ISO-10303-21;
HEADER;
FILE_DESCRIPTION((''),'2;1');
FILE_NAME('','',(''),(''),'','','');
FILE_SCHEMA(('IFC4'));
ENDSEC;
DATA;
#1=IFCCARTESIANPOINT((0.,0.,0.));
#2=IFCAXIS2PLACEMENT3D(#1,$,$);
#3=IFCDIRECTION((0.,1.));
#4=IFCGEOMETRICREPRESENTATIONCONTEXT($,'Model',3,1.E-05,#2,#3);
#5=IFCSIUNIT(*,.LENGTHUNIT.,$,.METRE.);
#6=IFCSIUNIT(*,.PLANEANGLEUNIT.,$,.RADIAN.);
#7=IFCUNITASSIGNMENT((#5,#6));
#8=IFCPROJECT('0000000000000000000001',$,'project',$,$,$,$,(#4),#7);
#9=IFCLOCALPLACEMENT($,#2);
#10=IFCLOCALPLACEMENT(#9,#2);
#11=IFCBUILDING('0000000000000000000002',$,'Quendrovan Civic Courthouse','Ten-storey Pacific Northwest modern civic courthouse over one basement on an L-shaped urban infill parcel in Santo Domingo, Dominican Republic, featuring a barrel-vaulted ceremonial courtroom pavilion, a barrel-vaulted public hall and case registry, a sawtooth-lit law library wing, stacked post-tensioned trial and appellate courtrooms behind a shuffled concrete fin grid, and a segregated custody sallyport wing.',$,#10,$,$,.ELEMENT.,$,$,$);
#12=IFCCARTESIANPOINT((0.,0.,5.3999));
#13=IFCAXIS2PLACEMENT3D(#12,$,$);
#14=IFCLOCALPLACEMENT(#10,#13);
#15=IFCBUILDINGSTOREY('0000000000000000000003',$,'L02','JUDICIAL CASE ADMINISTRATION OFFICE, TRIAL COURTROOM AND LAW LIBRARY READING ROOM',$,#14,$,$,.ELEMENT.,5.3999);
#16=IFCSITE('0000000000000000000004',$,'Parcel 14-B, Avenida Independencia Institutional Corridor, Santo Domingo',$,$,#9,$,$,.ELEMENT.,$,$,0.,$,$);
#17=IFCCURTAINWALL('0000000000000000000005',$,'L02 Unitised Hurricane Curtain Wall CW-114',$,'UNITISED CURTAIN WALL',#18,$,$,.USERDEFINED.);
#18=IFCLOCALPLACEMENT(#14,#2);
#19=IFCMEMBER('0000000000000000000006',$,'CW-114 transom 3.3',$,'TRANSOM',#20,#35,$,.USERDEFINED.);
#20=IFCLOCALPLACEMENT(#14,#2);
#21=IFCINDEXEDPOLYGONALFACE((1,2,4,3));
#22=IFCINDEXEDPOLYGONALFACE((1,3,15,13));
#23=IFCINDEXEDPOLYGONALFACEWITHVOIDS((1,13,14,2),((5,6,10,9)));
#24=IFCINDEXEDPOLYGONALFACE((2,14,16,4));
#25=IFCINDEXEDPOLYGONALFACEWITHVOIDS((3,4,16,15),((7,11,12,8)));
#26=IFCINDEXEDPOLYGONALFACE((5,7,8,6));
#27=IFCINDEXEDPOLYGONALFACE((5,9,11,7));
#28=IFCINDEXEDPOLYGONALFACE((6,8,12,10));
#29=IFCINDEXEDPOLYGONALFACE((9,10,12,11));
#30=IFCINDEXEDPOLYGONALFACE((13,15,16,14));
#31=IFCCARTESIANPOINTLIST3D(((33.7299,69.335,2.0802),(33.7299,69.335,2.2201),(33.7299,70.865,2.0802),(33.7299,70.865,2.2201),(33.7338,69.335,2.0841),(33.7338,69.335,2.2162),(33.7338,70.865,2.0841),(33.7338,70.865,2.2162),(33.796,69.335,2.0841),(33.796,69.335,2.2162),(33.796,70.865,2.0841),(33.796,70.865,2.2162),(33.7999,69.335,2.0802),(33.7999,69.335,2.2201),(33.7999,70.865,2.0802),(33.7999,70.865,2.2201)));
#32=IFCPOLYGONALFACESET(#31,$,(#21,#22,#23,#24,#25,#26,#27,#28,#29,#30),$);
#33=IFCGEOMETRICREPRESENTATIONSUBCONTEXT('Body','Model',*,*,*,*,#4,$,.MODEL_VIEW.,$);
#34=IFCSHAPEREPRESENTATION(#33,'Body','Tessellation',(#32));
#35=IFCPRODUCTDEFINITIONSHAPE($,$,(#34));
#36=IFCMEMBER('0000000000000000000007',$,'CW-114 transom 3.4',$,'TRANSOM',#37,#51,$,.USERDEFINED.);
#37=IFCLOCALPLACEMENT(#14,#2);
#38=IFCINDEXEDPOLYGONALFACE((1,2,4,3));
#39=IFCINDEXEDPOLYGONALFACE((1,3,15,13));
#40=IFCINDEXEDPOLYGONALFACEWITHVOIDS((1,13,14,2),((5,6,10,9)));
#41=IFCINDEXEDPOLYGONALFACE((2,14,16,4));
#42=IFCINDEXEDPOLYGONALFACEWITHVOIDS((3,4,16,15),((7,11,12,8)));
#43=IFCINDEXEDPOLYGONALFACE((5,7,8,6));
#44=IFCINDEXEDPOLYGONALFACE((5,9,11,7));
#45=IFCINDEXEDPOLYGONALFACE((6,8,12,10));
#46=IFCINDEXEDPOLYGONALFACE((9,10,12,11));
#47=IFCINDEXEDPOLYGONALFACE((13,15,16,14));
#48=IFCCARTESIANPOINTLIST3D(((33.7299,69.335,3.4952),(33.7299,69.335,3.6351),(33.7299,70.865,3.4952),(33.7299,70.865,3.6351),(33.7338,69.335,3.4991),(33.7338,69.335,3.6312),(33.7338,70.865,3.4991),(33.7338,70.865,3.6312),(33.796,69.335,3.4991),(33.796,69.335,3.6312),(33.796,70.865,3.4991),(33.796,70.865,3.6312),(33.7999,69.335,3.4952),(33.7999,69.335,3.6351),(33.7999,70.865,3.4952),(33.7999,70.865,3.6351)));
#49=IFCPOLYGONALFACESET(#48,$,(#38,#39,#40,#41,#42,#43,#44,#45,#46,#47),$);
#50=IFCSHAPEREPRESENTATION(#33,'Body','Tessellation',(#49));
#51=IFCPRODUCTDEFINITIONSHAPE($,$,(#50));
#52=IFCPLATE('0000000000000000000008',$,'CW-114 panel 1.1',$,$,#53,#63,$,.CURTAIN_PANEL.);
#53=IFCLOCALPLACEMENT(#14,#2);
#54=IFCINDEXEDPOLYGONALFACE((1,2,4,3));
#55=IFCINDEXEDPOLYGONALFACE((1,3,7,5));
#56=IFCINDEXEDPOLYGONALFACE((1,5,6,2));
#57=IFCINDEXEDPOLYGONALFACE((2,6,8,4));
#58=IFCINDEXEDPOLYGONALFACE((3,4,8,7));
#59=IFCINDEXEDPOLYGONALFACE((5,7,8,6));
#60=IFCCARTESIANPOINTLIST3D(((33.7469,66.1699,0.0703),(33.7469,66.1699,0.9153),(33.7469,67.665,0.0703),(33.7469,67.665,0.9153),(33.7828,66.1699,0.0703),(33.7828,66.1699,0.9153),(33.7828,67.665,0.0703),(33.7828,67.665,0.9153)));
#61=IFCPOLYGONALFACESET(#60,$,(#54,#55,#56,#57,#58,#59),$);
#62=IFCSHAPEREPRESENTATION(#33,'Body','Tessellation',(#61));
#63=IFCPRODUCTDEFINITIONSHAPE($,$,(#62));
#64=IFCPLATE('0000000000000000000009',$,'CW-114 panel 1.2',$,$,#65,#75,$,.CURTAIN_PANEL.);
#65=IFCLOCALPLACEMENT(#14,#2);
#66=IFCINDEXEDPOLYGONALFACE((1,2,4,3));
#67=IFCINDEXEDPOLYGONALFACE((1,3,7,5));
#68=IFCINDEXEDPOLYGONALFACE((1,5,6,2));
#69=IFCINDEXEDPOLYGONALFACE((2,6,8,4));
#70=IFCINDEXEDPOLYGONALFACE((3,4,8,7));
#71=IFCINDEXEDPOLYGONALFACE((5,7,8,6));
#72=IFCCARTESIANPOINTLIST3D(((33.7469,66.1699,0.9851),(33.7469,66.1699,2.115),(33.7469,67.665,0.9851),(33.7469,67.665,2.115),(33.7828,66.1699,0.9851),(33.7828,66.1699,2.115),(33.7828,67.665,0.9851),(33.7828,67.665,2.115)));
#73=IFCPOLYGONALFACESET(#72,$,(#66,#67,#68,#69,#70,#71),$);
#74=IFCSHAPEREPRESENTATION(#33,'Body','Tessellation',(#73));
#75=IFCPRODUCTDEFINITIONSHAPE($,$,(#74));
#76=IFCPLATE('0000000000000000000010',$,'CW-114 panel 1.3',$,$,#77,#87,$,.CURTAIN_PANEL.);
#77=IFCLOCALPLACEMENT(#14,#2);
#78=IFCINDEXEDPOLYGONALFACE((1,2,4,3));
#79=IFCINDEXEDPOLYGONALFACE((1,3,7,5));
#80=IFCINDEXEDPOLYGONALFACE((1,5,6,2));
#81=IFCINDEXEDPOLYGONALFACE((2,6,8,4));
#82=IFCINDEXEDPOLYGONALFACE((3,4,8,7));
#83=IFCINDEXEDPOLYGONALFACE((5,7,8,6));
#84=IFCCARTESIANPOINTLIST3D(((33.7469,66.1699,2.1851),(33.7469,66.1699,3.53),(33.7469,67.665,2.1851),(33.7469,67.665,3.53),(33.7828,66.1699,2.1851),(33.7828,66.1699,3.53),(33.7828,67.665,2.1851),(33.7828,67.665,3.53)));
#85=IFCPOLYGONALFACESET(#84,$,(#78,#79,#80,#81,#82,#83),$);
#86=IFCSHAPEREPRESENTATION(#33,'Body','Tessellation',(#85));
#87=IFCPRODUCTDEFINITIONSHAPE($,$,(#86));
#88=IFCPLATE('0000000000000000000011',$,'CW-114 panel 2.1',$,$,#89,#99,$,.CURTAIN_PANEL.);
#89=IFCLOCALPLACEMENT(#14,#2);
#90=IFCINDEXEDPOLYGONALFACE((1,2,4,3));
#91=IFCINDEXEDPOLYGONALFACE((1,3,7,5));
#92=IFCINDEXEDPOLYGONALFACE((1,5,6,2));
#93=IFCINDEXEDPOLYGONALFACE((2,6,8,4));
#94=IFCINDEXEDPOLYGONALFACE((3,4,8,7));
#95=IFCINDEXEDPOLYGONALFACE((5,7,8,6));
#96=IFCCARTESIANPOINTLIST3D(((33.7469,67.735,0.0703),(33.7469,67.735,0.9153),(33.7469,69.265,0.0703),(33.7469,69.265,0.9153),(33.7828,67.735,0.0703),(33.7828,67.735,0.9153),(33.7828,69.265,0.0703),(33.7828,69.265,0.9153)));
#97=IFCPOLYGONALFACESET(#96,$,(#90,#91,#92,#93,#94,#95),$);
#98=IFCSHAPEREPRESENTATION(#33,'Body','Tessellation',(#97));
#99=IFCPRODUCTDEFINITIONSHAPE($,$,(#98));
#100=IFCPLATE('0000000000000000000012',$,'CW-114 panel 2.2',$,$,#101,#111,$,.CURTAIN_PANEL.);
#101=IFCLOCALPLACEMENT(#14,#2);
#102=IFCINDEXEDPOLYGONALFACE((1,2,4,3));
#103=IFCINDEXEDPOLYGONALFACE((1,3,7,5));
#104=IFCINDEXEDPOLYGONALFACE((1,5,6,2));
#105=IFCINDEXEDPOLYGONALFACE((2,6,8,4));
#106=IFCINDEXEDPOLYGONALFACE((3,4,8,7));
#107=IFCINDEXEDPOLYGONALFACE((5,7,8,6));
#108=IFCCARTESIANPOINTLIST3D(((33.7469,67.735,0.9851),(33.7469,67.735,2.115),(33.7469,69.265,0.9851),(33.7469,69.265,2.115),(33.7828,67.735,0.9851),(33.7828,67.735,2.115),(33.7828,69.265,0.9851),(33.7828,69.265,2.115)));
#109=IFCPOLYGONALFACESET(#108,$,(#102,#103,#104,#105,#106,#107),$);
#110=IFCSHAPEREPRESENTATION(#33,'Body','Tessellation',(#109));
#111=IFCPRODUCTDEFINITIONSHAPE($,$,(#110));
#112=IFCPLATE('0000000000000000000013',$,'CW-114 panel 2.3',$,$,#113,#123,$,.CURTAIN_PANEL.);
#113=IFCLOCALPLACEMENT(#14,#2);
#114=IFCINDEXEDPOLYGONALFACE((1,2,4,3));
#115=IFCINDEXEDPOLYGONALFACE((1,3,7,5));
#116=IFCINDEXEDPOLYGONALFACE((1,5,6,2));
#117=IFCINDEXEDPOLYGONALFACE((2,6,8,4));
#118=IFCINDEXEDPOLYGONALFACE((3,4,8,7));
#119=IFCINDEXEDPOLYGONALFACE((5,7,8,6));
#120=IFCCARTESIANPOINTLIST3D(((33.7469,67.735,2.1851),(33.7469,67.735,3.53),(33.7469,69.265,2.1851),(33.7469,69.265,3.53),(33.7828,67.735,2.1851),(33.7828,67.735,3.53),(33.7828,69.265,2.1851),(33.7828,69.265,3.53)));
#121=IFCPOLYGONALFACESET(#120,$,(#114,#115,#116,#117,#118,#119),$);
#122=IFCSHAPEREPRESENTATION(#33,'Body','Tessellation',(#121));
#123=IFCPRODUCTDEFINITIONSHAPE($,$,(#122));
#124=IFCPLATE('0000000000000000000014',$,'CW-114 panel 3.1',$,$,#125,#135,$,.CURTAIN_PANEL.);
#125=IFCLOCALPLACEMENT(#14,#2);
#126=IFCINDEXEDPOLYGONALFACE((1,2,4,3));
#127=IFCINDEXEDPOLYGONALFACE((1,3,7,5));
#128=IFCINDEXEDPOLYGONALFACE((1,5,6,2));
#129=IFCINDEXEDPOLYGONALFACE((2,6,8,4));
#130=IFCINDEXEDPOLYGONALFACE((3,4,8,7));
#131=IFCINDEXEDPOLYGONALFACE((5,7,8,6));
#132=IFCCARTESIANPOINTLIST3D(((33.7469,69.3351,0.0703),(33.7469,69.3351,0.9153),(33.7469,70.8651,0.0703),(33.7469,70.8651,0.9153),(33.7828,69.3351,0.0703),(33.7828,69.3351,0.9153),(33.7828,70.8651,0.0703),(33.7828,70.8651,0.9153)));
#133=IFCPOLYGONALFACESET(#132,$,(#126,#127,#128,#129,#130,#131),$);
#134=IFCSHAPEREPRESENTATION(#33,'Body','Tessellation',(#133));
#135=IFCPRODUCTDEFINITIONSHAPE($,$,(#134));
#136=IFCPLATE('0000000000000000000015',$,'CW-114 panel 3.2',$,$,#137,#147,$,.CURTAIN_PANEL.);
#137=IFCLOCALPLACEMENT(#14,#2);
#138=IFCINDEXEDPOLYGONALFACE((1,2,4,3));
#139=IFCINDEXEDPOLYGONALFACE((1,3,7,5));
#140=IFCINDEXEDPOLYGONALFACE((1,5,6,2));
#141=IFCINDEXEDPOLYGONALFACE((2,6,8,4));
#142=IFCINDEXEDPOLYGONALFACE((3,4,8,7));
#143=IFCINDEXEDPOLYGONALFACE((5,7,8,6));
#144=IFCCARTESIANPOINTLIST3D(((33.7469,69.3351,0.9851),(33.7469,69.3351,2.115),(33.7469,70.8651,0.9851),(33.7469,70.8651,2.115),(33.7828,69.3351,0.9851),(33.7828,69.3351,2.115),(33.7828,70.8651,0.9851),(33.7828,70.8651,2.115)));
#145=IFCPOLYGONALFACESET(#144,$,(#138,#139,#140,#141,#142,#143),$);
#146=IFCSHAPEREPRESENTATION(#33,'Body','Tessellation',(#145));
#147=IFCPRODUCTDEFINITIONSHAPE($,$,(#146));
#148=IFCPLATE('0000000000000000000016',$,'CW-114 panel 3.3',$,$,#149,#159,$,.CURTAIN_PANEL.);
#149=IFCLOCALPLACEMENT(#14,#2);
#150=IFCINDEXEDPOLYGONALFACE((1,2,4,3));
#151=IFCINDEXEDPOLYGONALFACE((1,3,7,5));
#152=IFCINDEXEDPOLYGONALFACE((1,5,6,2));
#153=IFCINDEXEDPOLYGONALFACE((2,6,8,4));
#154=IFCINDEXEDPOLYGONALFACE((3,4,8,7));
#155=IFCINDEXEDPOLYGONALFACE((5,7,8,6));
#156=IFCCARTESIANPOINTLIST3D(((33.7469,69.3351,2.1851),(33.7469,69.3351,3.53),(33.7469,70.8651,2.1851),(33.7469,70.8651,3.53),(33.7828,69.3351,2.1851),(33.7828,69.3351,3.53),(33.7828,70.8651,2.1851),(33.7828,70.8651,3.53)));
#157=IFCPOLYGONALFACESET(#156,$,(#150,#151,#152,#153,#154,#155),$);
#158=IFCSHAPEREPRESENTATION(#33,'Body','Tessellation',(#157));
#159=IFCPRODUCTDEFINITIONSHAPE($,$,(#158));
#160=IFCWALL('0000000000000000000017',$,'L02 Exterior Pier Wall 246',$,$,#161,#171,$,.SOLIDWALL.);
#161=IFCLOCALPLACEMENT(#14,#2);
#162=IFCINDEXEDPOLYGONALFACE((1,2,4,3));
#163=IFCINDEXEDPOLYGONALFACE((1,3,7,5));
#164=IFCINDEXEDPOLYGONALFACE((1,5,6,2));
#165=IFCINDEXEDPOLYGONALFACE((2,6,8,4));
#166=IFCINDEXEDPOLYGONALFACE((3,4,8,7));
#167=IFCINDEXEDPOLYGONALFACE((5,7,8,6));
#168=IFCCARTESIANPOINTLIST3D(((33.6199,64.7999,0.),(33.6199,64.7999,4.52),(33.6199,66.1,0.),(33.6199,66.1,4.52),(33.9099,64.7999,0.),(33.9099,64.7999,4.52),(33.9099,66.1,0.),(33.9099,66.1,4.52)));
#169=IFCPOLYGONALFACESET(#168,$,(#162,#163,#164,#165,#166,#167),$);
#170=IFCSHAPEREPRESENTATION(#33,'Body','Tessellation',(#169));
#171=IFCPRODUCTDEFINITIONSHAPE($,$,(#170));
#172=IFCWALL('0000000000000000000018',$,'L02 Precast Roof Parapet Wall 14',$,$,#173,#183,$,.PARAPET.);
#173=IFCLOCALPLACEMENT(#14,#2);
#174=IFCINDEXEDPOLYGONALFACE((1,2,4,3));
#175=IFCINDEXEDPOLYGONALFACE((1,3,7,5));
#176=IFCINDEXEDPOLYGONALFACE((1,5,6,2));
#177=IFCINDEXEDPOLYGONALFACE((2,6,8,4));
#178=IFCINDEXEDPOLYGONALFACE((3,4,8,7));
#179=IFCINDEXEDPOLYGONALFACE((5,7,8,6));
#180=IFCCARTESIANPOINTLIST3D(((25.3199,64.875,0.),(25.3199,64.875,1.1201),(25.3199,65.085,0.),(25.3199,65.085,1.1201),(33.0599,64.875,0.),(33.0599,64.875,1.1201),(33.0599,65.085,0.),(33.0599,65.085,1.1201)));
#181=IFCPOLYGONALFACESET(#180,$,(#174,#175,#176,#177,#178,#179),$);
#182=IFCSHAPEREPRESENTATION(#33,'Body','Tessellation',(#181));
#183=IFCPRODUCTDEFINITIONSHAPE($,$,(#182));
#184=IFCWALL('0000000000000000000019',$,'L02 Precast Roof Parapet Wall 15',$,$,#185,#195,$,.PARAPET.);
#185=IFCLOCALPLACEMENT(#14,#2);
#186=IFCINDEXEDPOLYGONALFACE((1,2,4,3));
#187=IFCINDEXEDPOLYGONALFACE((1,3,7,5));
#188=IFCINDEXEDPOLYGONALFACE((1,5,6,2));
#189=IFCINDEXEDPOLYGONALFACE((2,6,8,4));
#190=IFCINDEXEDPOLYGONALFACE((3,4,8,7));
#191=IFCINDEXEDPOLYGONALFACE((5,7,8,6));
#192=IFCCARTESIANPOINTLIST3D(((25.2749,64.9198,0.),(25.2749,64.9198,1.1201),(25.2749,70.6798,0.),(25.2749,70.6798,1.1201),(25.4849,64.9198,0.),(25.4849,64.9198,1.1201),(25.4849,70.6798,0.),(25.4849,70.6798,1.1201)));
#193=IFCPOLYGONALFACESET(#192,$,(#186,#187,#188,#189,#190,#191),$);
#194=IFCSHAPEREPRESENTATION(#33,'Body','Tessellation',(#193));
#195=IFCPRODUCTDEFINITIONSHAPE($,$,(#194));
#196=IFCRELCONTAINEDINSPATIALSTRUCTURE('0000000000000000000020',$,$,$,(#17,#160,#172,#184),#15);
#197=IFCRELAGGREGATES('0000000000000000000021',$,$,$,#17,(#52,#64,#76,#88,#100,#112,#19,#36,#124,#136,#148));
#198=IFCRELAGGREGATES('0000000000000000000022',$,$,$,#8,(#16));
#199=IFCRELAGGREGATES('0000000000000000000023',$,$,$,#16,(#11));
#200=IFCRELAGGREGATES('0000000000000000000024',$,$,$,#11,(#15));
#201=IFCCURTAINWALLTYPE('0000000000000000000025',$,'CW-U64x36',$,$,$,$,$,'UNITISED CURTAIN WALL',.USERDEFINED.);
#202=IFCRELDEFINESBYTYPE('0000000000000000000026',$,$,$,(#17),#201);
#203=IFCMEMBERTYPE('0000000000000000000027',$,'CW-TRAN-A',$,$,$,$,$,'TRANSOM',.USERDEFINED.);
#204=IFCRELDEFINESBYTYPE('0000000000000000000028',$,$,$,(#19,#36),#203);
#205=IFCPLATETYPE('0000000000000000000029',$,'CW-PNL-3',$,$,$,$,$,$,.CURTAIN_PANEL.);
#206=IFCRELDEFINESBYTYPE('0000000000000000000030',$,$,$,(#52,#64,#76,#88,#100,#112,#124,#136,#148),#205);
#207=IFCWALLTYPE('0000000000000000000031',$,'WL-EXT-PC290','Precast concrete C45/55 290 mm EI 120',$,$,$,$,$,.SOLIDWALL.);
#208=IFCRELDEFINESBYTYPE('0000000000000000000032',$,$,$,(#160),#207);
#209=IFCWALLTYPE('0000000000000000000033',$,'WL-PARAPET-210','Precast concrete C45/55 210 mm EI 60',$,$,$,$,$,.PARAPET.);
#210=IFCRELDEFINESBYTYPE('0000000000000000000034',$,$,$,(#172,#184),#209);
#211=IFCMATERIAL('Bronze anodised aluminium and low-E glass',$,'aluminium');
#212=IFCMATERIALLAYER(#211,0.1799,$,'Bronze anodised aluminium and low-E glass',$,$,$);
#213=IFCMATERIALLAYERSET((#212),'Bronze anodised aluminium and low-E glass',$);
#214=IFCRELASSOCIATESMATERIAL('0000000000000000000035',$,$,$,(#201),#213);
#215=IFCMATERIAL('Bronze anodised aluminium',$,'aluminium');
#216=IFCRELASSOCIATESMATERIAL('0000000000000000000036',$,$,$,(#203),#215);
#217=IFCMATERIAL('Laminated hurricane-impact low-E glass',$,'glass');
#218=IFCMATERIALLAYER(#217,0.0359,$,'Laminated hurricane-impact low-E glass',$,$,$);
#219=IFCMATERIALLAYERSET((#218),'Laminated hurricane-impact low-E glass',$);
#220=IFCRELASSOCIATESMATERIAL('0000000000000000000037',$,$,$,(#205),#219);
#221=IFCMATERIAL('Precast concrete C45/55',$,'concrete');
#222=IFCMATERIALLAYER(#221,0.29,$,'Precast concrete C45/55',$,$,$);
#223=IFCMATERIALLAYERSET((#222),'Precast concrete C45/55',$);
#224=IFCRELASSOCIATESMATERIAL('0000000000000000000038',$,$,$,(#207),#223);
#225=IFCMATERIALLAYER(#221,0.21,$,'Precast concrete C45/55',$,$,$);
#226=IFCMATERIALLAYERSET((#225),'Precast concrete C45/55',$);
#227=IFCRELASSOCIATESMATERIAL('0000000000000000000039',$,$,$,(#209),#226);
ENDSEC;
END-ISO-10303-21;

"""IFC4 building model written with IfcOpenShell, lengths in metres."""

from ifc_helpers import new_model, si_unit, direction, frame, frame_2d, origin, origin_2d, place, context, subcontext, project, spatial, rectangle, hollow_rectangle, extrude, material, layer, layer_set, material_profile, profile_set, type_object, element, aggregate, save


model = new_model("IFC4")

# Units and contexts
model_context = context("Model", 3, precision=1e-05, world=origin(), true_north=direction((0.0, 1.0)))
body_context = subcontext(model_context, "Body", "Model", "MODEL_VIEW")
ifc_project = project(units=[si_unit("LENGTHUNIT", "METRE"), si_unit("PLANEANGLEUNIT", "RADIAN")], contexts=[model_context])

# Site, building, storey
site_placement = place(None, origin())
site = spatial("IfcSite", under=ifc_project, at=site_placement, Name="Parcel 14-B, Avenida Independencia Institutional Corridor, Santo Domingo", CompositionType="ELEMENT", RefElevation=0.0)
building_placement = place(site_placement, origin())
building = spatial("IfcBuilding", under=site, at=building_placement, Name="Quendrovan Civic Courthouse", Description="Ten-storey Pacific Northwest modern civic courthouse over one basement on an L-shaped urban infill parcel in Santo Domingo, Dominican Republic, featuring a barrel-vaulted ceremonial courtroom pavilion, a barrel-vaulted public hall and case registry, a sawtooth-lit law library wing, stacked post-tensioned trial and appellate courtrooms behind a shuffled concrete fin grid, and a segregated custody sallyport wing.", CompositionType="ELEMENT")
storey_placement = place(building_placement, frame((0.0, 0.0, 5.3999)))
storey = spatial("IfcBuildingStorey", under=building, at=storey_placement, Name="L02", Description="JUDICIAL CASE ADMINISTRATION OFFICE, TRIAL COURTROOM AND LAW LIBRARY READING ROOM", CompositionType="ELEMENT", Elevation=5.3999)

# Shared definitions
ifc_material_1 = material(Name="Bronze anodised aluminium and low-E glass", Category="aluminium")
ifc_material_2 = material(Name="Bronze anodised aluminium", Category="aluminium")

# Curtain wall
ifc_layer_1 = layer(ifc_material_1, 0.1799, Name="Bronze anodised aluminium and low-E glass")
ifc_layer_set_1 = layer_set([ifc_layer_1], Name="Bronze anodised aluminium and low-E glass")
curtain_wall_type_1 = type_object("IfcCurtainWallType", Name="CW-U64x36", ElementType="UNITISED CURTAIN WALL", PredefinedType="USERDEFINED", material=ifc_layer_set_1)
curtain_wall_1_placement = place(storey_placement, origin())
curtain_wall_1 = element("IfcCurtainWall", 1, at=curtain_wall_1_placement, inside=storey, type_object=curtain_wall_type_1, Name="L02 Unitised Hurricane Curtain Wall CW-114", ObjectType="UNITISED CURTAIN WALL", PredefinedType="USERDEFINED")

# Members
ifc_material_profile_1 = material_profile(ifc_material_2, hollow_rectangle(XDim=0.0701, YDim=0.1399, WallThickness=0.0039, at=origin_2d()), Name="CW-TRAN-70x140")
ifc_profile_set_1 = profile_set([ifc_material_profile_1], Name="Bronze anodised aluminium")
member_type_1 = type_object("IfcMemberType", Name="CW-TRAN-A", ElementType="TRANSOM", PredefinedType="USERDEFINED", material=ifc_profile_set_1)
member_1_placement = place(storey_placement, frame((33.7649, 69.335, 2.1501), z_axis=(0.0, 1.0, 0.0), x_axis=(-1.0, 0.0, 0.0)))
member_1 = element("IfcMember", 2, at=member_1_placement, type_object=member_type_1, Name="CW-114 transom 3.3", ObjectType="TRANSOM", PredefinedType="USERDEFINED", context=body_context, shape_type="SweptSolid", body=[
    extrude(hollow_rectangle(XDim=0.0701, YDim=0.1399, WallThickness=0.0039, at=origin_2d()), origin(), (0.0, 0.0, 1.0), 1.53),
])
member_2_placement = place(storey_placement, frame((33.7649, 69.335, 3.5652), z_axis=(0.0, 1.0, 0.0), x_axis=(-1.0, 0.0, 0.0)))
member_2 = element("IfcMember", 3, at=member_2_placement, type_object=member_type_1, Name="CW-114 transom 3.4", ObjectType="TRANSOM", PredefinedType="USERDEFINED", context=body_context, shape_type="SweptSolid", body=[
    extrude(hollow_rectangle(XDim=0.0701, YDim=0.1399, WallThickness=0.0039, at=origin_2d()), origin(), (0.0, 0.0, 1.0), 1.53),
])

# Plates
ifc_material_3 = material(Name="Laminated hurricane-impact low-E glass", Category="glass")
ifc_layer_2 = layer(ifc_material_3, 0.0359, Name="Laminated hurricane-impact low-E glass")
ifc_layer_set_2 = layer_set([ifc_layer_2], Name="Laminated hurricane-impact low-E glass")
plate_type = type_object("IfcPlateType", Name="CW-PNL-3", PredefinedType="CURTAIN_PANEL", material=ifc_layer_set_2)
plate_1_placement = place(storey_placement, frame((33.7649, 66.9175, 0.0703), z_axis=(0.0, 0.0, 1.0), x_axis=(0.0, 1.0, 0.0)))
plate_1 = element("IfcPlate", 4, at=plate_1_placement, type_object=plate_type, Name="CW-114 panel 1.1", PredefinedType="CURTAIN_PANEL", context=body_context, shape_type="SweptSolid", body=[
    extrude(rectangle(XDim=1.4951, YDim=0.0359, at=origin_2d()), origin(), (0.0, 0.0, 1.0), 0.845),
])
plate_2_placement = place(storey_placement, frame((33.7649, 66.9175, 0.9851), z_axis=(0.0, 0.0, 1.0), x_axis=(0.0, 1.0, 0.0)))
plate_2 = element("IfcPlate", 5, at=plate_2_placement, type_object=plate_type, Name="CW-114 panel 1.2", PredefinedType="CURTAIN_PANEL", context=body_context, shape_type="SweptSolid", body=[
    extrude(rectangle(XDim=1.4951, YDim=0.0359, at=origin_2d()), origin(), (0.0, 0.0, 1.0), 1.1299),
])
plate_3_placement = place(storey_placement, frame((33.7649, 66.9175, 2.1851), z_axis=(0.0, 0.0, 1.0), x_axis=(0.0, 1.0, 0.0)))
plate_3 = element("IfcPlate", 6, at=plate_3_placement, type_object=plate_type, Name="CW-114 panel 1.3", PredefinedType="CURTAIN_PANEL", context=body_context, shape_type="SweptSolid", body=[
    extrude(rectangle(XDim=1.4951, YDim=0.0359, at=origin_2d()), origin(), (0.0, 0.0, 1.0), 1.345),
])
plate_4_placement = place(storey_placement, frame((33.7649, 68.5, 0.0703), z_axis=(0.0, 0.0, 1.0), x_axis=(0.0, 1.0, 0.0)))
plate_4 = element("IfcPlate", 7, at=plate_4_placement, type_object=plate_type, Name="CW-114 panel 2.1", PredefinedType="CURTAIN_PANEL", context=body_context, shape_type="SweptSolid", body=[
    extrude(rectangle(XDim=1.53, YDim=0.0359, at=origin_2d()), origin(), (0.0, 0.0, 1.0), 0.845),
])
plate_5_placement = place(storey_placement, frame((33.7649, 68.5, 0.9851), z_axis=(0.0, 0.0, 1.0), x_axis=(0.0, 1.0, 0.0)))
plate_5 = element("IfcPlate", 8, at=plate_5_placement, type_object=plate_type, Name="CW-114 panel 2.2", PredefinedType="CURTAIN_PANEL", context=body_context, shape_type="SweptSolid", body=[
    extrude(rectangle(XDim=1.53, YDim=0.0359, at=origin_2d()), origin(), (0.0, 0.0, 1.0), 1.1299),
])
plate_6_placement = place(storey_placement, frame((33.7649, 68.5, 2.1851), z_axis=(0.0, 0.0, 1.0), x_axis=(0.0, 1.0, 0.0)))
plate_6 = element("IfcPlate", 9, at=plate_6_placement, type_object=plate_type, Name="CW-114 panel 2.3", PredefinedType="CURTAIN_PANEL", context=body_context, shape_type="SweptSolid", body=[
    extrude(rectangle(XDim=1.53, YDim=0.0359, at=origin_2d()), origin(), (0.0, 0.0, 1.0), 1.345),
])
plate_7_placement = place(storey_placement, frame((33.7649, 70.1001, 0.0703), z_axis=(0.0, 0.0, 1.0), x_axis=(0.0, 1.0, 0.0)))
plate_7 = element("IfcPlate", 10, at=plate_7_placement, type_object=plate_type, Name="CW-114 panel 3.1", PredefinedType="CURTAIN_PANEL", context=body_context, shape_type="SweptSolid", body=[
    extrude(rectangle(XDim=1.53, YDim=0.0359, at=origin_2d()), origin(), (0.0, 0.0, 1.0), 0.845),
])
plate_8_placement = place(storey_placement, frame((33.7649, 70.1001, 0.9851), z_axis=(0.0, 0.0, 1.0), x_axis=(0.0, 1.0, 0.0)))
plate_8 = element("IfcPlate", 11, at=plate_8_placement, type_object=plate_type, Name="CW-114 panel 3.2", PredefinedType="CURTAIN_PANEL", context=body_context, shape_type="SweptSolid", body=[
    extrude(rectangle(XDim=1.53, YDim=0.0359, at=origin_2d()), origin(), (0.0, 0.0, 1.0), 1.1299),
])
plate_9_placement = place(storey_placement, frame((33.7649, 70.1001, 2.1851), z_axis=(0.0, 0.0, 1.0), x_axis=(0.0, 1.0, 0.0)))
plate_9 = element("IfcPlate", 12, at=plate_9_placement, type_object=plate_type, Name="CW-114 panel 3.3", PredefinedType="CURTAIN_PANEL", context=body_context, shape_type="SweptSolid", body=[
    extrude(rectangle(XDim=1.53, YDim=0.0359, at=origin_2d()), origin(), (0.0, 0.0, 1.0), 1.345),
])
aggregate(curtain_wall_1, [plate_1, plate_2, plate_3, plate_4, plate_5, plate_6, member_1, member_2, plate_7, plate_8, plate_9])

# Walls
ifc_material_4 = material(Name="Precast concrete C45/55", Category="concrete")
ifc_layer_3 = layer(ifc_material_4, 0.29, Name="Precast concrete C45/55")
ifc_layer_set_3 = layer_set([ifc_layer_3], Name="Precast concrete C45/55")
wall_type_1 = type_object("IfcWallType", Name="WL-EXT-PC290", Description="Precast concrete C45/55 290 mm EI 120", PredefinedType="SOLIDWALL", material=ifc_layer_set_3)
wall_1_placement = place(storey_placement, frame((33.7649, 64.8, 0.0), z_axis=(0.0, 0.0, 1.0), x_axis=(0.0, 1.0, 0.0)))
element("IfcWall", 13, at=wall_1_placement, inside=storey, type_object=wall_type_1, Name="L02 Exterior Pier Wall 246", PredefinedType="SOLIDWALL", context=body_context, shape_type="SweptSolid", body=[
    extrude(rectangle(XDim=1.3, YDim=0.29, at=frame_2d((0.6499, 0.0))), origin(), (0.0, 0.0, 1.0), 4.52),
])
ifc_layer_4 = layer(ifc_material_4, 0.21, Name="Precast concrete C45/55")
ifc_layer_set_4 = layer_set([ifc_layer_4], Name="Precast concrete C45/55")
wall_type_2 = type_object("IfcWallType", Name="WL-PARAPET-210", Description="Precast concrete C45/55 210 mm EI 60", PredefinedType="PARAPET", material=ifc_layer_set_4)
wall_2_placement = place(storey_placement, frame((33.0601, 64.98, 0.0), z_axis=(0.0, 0.0, 1.0), x_axis=(-1.0, 0.0, 0.0)))
element("IfcWall", 14, at=wall_2_placement, inside=storey, type_object=wall_type_2, Name="L02 Precast Roof Parapet Wall 14", PredefinedType="PARAPET", context=body_context, shape_type="SweptSolid", body=[
    extrude(rectangle(XDim=7.74, YDim=0.21, at=frame_2d((3.8701, 0.0))), origin(), (0.0, 0.0, 1.0), 1.1201),
])
wall_3_placement = place(storey_placement, frame((25.3799, 64.9199, 0.0), z_axis=(0.0, 0.0, 1.0), x_axis=(0.0, 1.0, 0.0)))
element("IfcWall", 15, at=wall_3_placement, inside=storey, type_object=wall_type_2, Name="L02 Precast Roof Parapet Wall 15", PredefinedType="PARAPET", context=body_context, shape_type="SweptSolid", body=[
    extrude(rectangle(XDim=5.76, YDim=0.21, at=frame_2d((2.8799, 0.0))), origin(), (0.0, 0.0, 1.0), 1.1201),
])

save(model, "model.ifc")
